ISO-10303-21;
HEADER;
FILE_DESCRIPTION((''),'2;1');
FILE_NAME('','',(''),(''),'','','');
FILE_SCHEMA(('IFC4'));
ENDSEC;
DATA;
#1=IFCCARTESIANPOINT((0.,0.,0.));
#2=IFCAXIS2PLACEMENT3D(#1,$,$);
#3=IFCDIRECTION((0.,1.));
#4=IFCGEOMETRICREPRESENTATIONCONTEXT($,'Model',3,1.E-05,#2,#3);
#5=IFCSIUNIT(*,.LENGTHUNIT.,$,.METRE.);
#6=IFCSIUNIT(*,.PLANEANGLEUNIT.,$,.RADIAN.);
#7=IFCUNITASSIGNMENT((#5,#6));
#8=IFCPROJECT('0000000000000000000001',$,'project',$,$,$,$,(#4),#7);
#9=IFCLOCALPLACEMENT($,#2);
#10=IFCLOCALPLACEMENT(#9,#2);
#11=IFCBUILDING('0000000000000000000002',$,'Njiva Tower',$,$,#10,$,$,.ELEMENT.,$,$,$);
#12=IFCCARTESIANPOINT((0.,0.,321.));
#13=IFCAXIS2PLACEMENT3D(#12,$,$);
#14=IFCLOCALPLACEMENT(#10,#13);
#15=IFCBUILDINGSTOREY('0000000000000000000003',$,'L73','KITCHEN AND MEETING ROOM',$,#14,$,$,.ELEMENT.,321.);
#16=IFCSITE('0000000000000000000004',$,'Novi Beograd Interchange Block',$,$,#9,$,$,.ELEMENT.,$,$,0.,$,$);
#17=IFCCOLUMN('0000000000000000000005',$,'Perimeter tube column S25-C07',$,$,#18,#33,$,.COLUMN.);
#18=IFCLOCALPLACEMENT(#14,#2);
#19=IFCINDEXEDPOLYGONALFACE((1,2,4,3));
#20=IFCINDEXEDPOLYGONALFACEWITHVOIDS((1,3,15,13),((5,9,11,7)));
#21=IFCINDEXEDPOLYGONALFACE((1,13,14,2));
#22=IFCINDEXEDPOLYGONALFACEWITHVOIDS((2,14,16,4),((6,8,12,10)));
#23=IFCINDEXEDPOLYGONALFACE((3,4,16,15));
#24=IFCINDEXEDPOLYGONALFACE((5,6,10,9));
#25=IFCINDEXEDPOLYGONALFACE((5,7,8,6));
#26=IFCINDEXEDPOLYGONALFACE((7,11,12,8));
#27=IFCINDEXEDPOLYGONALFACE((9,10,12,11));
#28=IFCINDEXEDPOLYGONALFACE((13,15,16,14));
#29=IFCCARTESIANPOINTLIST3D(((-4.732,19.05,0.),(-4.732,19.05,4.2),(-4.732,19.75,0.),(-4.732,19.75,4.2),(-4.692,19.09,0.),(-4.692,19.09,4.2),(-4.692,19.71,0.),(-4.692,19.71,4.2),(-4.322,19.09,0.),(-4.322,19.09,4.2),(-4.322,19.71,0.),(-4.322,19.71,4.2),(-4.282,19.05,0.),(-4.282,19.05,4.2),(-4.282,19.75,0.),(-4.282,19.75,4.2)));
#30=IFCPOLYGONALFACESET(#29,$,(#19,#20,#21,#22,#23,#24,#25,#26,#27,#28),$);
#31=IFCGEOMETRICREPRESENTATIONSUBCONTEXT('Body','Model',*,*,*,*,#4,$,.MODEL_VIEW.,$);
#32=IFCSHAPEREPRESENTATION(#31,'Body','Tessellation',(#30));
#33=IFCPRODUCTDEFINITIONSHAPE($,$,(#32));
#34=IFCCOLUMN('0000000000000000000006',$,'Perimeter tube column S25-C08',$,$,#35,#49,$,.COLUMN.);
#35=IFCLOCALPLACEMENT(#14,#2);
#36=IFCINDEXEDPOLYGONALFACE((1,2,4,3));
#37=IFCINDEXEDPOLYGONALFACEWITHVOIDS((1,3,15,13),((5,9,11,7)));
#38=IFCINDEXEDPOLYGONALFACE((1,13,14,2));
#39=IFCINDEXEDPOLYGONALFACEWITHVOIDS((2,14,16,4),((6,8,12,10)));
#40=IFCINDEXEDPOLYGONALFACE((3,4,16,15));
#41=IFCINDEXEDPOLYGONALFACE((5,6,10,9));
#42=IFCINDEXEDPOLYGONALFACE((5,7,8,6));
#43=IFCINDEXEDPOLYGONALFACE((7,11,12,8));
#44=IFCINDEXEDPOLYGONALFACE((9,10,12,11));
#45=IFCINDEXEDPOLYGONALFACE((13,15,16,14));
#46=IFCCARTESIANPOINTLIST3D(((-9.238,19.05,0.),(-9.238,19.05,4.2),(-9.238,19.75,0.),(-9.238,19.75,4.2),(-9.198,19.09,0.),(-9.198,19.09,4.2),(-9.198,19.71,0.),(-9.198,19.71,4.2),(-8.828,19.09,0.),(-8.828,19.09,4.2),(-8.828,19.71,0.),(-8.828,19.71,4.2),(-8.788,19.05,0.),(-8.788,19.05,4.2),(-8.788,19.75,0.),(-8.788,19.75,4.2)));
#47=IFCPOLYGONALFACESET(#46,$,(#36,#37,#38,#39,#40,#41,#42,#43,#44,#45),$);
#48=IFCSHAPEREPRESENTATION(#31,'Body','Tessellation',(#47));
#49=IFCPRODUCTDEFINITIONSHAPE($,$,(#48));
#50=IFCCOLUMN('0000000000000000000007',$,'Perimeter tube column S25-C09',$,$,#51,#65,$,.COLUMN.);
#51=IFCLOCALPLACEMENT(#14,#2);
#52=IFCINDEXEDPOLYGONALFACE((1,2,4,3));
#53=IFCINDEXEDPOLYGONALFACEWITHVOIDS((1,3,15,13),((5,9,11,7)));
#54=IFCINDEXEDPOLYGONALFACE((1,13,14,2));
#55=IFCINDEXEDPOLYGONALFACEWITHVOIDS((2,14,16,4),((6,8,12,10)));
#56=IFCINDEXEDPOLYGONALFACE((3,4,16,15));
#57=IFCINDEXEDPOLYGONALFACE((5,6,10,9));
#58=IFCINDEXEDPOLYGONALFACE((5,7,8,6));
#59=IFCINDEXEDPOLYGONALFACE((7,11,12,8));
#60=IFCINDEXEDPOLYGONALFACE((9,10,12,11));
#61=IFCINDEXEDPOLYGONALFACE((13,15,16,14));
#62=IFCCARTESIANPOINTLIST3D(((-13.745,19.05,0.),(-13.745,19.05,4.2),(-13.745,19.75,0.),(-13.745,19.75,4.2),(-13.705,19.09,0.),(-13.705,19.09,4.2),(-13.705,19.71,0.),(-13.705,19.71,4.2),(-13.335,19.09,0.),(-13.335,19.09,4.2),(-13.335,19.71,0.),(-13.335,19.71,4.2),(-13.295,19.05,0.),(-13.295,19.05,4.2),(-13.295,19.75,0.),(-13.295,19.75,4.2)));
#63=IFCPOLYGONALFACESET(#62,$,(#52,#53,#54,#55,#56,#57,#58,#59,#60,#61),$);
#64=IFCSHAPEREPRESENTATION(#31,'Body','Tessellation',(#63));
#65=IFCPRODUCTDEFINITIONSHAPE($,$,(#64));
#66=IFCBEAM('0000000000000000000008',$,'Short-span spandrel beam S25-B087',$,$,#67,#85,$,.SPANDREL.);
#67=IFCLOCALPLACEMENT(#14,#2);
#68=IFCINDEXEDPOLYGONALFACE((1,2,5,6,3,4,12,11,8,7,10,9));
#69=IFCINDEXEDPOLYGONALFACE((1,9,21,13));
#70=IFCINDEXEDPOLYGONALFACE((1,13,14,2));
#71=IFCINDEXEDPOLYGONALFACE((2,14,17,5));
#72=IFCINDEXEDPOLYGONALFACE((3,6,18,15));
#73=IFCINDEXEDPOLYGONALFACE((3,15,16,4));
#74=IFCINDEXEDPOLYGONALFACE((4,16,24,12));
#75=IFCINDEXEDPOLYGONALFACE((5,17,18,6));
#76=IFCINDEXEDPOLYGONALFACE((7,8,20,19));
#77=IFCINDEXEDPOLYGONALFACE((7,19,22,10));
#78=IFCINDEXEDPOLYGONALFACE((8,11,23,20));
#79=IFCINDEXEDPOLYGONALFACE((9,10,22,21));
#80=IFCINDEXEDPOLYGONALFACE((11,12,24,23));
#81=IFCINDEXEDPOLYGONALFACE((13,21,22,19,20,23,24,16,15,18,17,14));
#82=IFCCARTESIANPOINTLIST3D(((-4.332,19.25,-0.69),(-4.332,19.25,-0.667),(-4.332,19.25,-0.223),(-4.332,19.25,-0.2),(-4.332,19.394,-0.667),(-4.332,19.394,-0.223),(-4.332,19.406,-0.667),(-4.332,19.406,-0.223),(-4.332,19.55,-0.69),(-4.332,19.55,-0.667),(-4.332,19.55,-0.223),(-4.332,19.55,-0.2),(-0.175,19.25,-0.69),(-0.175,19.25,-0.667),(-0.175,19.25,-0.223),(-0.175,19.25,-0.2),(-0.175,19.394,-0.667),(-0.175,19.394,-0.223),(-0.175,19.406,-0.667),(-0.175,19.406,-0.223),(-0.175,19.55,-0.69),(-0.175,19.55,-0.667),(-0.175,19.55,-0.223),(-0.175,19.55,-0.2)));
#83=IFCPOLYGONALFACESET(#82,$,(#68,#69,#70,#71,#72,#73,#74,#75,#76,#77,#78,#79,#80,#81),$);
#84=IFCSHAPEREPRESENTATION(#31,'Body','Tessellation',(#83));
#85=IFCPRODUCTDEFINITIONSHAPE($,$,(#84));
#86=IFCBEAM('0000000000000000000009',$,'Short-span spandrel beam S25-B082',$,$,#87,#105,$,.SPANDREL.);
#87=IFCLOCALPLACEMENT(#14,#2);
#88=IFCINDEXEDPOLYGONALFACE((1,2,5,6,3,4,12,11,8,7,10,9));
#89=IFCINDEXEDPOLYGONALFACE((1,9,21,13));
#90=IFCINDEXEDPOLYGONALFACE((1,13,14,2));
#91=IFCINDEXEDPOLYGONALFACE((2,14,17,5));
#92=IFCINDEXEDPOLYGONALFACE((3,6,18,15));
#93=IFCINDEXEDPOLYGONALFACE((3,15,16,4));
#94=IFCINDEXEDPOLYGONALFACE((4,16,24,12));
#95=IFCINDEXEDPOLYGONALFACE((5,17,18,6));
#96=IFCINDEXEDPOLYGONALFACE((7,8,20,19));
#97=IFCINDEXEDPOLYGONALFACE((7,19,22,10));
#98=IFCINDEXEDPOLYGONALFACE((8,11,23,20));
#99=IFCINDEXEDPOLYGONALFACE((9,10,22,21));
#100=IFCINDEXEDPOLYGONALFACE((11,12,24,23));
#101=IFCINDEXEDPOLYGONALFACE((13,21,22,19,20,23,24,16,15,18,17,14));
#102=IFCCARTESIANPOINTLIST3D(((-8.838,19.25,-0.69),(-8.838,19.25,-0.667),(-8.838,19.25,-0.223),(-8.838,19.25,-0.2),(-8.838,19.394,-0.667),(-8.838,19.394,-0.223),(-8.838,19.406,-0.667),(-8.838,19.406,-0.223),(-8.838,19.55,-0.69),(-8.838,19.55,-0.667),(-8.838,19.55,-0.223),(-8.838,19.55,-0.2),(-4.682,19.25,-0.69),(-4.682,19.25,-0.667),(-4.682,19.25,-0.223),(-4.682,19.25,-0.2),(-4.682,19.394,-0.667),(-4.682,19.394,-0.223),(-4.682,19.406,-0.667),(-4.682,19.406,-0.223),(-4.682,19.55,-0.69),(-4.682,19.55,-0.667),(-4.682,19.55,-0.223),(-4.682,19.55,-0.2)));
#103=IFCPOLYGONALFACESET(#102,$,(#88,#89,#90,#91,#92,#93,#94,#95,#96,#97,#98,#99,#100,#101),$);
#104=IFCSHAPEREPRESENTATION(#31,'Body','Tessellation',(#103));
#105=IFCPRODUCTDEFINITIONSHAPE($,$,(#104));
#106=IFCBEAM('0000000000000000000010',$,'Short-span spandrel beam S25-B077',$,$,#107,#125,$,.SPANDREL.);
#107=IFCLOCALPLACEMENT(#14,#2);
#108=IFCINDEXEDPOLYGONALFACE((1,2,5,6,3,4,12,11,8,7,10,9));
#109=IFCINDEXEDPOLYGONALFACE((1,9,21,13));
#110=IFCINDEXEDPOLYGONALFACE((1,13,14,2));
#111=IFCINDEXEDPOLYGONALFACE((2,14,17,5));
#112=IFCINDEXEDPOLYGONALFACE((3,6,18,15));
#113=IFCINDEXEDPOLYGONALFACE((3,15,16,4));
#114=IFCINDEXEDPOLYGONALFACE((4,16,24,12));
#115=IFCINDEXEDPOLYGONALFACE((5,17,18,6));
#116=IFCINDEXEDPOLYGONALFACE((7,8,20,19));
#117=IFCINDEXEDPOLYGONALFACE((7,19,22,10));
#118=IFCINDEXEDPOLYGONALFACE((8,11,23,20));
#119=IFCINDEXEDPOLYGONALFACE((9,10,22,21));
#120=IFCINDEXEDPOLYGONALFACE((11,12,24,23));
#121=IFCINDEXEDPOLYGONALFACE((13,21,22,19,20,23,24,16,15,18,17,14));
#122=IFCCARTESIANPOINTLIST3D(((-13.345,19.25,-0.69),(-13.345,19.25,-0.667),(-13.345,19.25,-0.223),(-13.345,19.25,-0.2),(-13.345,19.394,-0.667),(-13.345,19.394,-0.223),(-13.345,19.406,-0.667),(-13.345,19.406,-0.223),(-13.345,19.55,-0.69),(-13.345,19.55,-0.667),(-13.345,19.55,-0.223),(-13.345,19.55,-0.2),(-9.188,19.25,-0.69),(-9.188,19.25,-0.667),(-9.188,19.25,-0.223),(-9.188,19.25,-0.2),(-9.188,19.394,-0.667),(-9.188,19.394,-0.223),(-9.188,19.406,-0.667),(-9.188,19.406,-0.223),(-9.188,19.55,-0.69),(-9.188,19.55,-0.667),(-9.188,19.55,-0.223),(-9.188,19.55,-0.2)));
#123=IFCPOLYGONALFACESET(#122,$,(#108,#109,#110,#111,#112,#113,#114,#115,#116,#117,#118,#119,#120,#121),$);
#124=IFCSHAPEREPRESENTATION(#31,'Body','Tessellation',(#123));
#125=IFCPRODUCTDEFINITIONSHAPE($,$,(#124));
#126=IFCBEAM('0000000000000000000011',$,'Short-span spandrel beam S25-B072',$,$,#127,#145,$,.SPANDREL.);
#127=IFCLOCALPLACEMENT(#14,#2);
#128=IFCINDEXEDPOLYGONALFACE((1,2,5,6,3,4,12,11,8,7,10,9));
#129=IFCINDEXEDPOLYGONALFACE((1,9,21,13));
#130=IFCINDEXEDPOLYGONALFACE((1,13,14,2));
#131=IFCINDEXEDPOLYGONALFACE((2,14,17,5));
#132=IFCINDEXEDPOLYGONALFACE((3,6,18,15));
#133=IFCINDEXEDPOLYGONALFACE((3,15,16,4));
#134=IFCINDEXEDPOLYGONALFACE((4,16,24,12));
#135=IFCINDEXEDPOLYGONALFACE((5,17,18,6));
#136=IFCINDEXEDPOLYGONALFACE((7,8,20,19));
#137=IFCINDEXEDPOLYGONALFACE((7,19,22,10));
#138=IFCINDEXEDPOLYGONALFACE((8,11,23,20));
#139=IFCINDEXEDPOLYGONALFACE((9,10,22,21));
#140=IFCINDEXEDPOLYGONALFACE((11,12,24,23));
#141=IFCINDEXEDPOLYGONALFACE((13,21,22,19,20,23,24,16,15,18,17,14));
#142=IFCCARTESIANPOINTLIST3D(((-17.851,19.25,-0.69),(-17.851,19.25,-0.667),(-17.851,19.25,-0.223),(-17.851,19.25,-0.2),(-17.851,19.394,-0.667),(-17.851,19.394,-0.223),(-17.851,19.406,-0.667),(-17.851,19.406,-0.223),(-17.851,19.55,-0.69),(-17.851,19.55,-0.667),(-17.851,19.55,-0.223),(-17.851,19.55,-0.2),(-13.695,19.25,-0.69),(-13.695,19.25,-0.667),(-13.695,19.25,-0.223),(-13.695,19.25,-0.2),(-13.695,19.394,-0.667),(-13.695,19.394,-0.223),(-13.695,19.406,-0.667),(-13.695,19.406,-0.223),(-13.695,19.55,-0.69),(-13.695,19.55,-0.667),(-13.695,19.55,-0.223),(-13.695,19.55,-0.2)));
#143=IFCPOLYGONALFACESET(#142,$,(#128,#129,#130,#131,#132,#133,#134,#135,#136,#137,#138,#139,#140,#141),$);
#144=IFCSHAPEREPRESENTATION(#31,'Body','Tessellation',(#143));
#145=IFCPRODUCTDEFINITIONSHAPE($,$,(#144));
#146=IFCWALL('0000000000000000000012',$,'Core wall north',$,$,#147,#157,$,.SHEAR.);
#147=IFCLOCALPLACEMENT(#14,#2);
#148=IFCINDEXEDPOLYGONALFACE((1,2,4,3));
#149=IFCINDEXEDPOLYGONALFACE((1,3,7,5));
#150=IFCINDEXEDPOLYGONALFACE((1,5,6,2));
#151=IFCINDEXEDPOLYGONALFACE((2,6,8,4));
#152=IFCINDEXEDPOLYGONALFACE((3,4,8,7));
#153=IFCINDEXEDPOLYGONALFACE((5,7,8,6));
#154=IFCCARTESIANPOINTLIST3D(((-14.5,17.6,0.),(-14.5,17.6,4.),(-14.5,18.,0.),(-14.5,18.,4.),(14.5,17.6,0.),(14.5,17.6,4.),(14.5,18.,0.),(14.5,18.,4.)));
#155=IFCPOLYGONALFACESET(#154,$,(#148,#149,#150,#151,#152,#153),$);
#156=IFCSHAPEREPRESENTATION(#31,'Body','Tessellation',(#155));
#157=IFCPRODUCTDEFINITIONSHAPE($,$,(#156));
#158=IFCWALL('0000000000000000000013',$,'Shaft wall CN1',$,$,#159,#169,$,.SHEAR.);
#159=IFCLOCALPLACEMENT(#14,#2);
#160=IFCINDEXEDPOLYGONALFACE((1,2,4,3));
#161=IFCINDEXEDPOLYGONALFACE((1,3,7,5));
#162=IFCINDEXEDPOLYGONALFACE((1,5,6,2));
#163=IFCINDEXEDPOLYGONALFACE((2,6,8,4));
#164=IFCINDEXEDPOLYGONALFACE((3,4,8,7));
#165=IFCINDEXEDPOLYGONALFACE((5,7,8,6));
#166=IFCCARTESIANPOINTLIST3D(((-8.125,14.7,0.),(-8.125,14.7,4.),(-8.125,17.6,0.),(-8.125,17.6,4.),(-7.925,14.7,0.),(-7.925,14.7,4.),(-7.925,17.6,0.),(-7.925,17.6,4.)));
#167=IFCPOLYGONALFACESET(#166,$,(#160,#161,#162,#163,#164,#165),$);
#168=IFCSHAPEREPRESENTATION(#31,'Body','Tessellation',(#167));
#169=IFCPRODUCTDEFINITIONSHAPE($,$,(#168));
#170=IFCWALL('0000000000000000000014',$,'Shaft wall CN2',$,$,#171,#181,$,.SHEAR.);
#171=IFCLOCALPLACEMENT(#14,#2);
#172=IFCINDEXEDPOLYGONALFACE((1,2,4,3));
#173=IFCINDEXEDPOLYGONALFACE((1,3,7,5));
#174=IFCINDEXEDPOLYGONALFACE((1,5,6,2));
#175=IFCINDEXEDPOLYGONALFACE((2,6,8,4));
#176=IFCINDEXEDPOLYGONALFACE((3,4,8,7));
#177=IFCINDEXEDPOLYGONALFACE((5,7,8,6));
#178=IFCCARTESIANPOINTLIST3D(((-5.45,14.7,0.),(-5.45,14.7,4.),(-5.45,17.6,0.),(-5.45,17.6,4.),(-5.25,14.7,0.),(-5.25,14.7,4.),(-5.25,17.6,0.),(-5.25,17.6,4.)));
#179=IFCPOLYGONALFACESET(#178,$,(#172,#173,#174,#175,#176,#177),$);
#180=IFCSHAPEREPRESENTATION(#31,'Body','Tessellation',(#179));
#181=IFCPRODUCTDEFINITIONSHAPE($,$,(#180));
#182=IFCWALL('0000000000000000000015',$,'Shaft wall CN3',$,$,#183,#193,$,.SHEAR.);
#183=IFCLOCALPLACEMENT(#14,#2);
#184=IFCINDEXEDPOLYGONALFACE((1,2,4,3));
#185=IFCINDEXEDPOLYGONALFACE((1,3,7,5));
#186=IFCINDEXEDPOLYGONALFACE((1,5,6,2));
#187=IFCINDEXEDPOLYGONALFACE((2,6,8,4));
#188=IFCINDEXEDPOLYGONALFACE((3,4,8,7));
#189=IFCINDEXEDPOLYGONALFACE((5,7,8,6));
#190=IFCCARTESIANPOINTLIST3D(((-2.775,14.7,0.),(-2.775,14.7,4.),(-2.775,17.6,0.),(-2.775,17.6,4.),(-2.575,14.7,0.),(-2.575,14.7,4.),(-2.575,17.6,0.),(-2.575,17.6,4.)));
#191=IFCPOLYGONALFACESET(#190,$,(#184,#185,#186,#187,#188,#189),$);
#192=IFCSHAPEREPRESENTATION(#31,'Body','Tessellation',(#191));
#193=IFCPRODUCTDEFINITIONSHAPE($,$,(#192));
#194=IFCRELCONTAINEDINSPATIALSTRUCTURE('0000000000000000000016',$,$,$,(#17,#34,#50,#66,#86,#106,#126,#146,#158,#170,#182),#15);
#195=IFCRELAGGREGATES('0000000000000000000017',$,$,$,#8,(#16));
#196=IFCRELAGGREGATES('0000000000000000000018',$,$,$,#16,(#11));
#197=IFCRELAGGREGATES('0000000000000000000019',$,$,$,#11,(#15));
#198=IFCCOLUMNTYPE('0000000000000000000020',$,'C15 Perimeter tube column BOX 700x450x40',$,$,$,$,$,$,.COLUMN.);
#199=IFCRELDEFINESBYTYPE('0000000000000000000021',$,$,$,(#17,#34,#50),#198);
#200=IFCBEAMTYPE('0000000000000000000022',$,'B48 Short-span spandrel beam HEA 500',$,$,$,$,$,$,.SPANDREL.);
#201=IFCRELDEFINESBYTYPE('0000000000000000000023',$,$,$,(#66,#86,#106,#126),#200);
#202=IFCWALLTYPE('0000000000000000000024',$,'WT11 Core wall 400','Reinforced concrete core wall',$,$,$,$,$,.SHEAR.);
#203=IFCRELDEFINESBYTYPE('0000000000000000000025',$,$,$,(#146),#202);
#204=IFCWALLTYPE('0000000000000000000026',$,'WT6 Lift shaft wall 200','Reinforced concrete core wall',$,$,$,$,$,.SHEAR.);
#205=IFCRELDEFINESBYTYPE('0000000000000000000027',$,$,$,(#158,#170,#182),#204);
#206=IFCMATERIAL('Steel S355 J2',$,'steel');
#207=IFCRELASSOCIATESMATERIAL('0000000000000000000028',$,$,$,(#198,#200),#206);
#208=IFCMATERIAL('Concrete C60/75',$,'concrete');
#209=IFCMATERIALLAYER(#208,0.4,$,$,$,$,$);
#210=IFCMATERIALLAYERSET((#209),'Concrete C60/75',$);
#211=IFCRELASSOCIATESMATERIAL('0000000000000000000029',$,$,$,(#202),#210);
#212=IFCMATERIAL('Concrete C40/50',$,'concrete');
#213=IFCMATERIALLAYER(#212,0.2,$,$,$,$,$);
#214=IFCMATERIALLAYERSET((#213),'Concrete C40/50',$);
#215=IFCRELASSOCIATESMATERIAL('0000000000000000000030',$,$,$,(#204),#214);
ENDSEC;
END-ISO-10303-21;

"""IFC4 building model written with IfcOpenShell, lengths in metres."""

from ifc_helpers import new_model, si_unit, direction, frame, frame_2d, origin, origin_2d, place, context, subcontext, project, spatial, rectangle, hollow_rectangle, i_section, extrude, material, layer, layer_set, material_profile, profile_set, type_object, element, save


model = new_model("IFC4")

# Units and contexts
model_context = context("Model", 3, precision=1e-05, world=origin(), true_north=direction((0.0, 1.0)))
body_context = subcontext(model_context, "Body", "Model", "MODEL_VIEW")
ifc_project = project(units=[si_unit("LENGTHUNIT", "METRE"), si_unit("PLANEANGLEUNIT", "RADIAN")], contexts=[model_context])

# Site, building, storey
site_placement = place(None, origin())
site = spatial("IfcSite", under=ifc_project, at=site_placement, Name="Novi Beograd Interchange Block", CompositionType="ELEMENT", RefElevation=0.0)
building_placement = place(site_placement, origin())
building = spatial("IfcBuilding", under=site, at=building_placement, Name="Njiva Tower", CompositionType="ELEMENT")
storey_placement = place(building_placement, frame((0.0, 0.0, 321.0)))
storey = spatial("IfcBuildingStorey", under=building, at=storey_placement, Name="L73", Description="KITCHEN AND MEETING ROOM", CompositionType="ELEMENT", Elevation=321.0)

# Columns
ifc_material_1 = material(Name="Steel S355 J2", Category="steel")
ifc_material_profile_1 = material_profile(ifc_material_1, hollow_rectangle(XDim=0.45, YDim=0.7, WallThickness=0.04, at=origin_2d()), Name="BOX 700x450x40")
ifc_profile_set_1 = profile_set([ifc_material_profile_1], Name="Steel S355 J2")
column_type = type_object("IfcColumnType", Name="C15 Perimeter tube column BOX 700x450x40", PredefinedType="COLUMN", material=ifc_profile_set_1)
for number, where, z_axis, x_axis, name in (
    (1, (-4.507, 19.4, 0.0), (0.0, 0.0, 1.0), (-1.0, 0.0, 0.0), "Perimeter tube column S25-C07"),
    (2, (-9.013, 19.4, 0.0), (0.0, 0.0, 1.0), (-1.0, 0.0, 0.0), "Perimeter tube column S25-C08"),
    (3, (-13.52, 19.4, 0.0), (0.0, 0.0, 1.0), (-1.0, 0.0, 0.0), "Perimeter tube column S25-C09"),
):
    element("IfcColumn", number, at=place(storey_placement, frame(where, z_axis=z_axis, x_axis=x_axis)), inside=storey, type_object=column_type, Name=name, PredefinedType="COLUMN", context=body_context, shape_type="SweptSolid", body=[
        extrude(hollow_rectangle(XDim=0.45, YDim=0.7, WallThickness=0.04, at=origin_2d()), origin(), (0.0, 0.0, 1.0), 4.2),
    ])

# Beams
ifc_material_profile_2 = material_profile(ifc_material_1, i_section(OverallWidth=0.3, OverallDepth=0.49, WebThickness=0.012, FlangeThickness=0.023, at=origin_2d()), Name="HEA 500")
ifc_profile_set_2 = profile_set([ifc_material_profile_2], Name="Steel S355 J2")
beam_type = type_object("IfcBeamType", Name="B48 Short-span spandrel beam HEA 500", PredefinedType="SPANDREL", material=ifc_profile_set_2)
beam_1_placement = place(storey_placement, frame((-0.175, 19.4, -0.445), z_axis=(-1.0, 0.0, 0.0), x_axis=(0.0, -1.0, 0.0)))
element("IfcBeam", 4, at=beam_1_placement, inside=storey, type_object=beam_type, Name="Short-span spandrel beam S25-B087", PredefinedType="SPANDREL", context=body_context, shape_type="SweptSolid", body=[
    extrude(i_section(OverallWidth=0.3, OverallDepth=0.49, WebThickness=0.012, FlangeThickness=0.023, at=origin_2d()), origin(), (0.0, 0.0, 1.0), 4.157),
])
beam_2_placement = place(storey_placement, frame((-4.682, 19.4, -0.445), z_axis=(-1.0, 0.0, 0.0), x_axis=(0.0, -1.0, 0.0)))
element("IfcBeam", 5, at=beam_2_placement, inside=storey, type_object=beam_type, Name="Short-span spandrel beam S25-B082", PredefinedType="SPANDREL", context=body_context, shape_type="SweptSolid", body=[
    extrude(i_section(OverallWidth=0.3, OverallDepth=0.49, WebThickness=0.012, FlangeThickness=0.023, at=origin_2d()), origin(), (0.0, 0.0, 1.0), 4.156),
])
beam_3_placement = place(storey_placement, frame((-9.188, 19.4, -0.445), z_axis=(-1.0, 0.0, 0.0), x_axis=(0.0, -1.0, 0.0)))
element("IfcBeam", 6, at=beam_3_placement, inside=storey, type_object=beam_type, Name="Short-span spandrel beam S25-B077", PredefinedType="SPANDREL", context=body_context, shape_type="SweptSolid", body=[
    extrude(i_section(OverallWidth=0.3, OverallDepth=0.49, WebThickness=0.012, FlangeThickness=0.023, at=origin_2d()), origin(), (0.0, 0.0, 1.0), 4.157),
])
beam_4_placement = place(storey_placement, frame((-13.695, 19.4, -0.445), z_axis=(-1.0, 0.0, 0.0), x_axis=(0.0, -1.0, 0.0)))
element("IfcBeam", 7, at=beam_4_placement, inside=storey, type_object=beam_type, Name="Short-span spandrel beam S25-B072", PredefinedType="SPANDREL", context=body_context, shape_type="SweptSolid", body=[
    extrude(i_section(OverallWidth=0.3, OverallDepth=0.49, WebThickness=0.012, FlangeThickness=0.023, at=origin_2d()), origin(), (0.0, 0.0, 1.0), 4.156),
])

# Walls
ifc_material_2 = material(Name="Concrete C60/75", Category="concrete")
ifc_layer_1 = layer(ifc_material_2, 0.4)
ifc_layer_set_1 = layer_set([ifc_layer_1], Name="Concrete C60/75")
wall_type_1 = type_object("IfcWallType", Name="WT11 Core wall 400", Description="Reinforced concrete core wall", PredefinedType="SHEAR", material=ifc_layer_set_1)
wall_1_placement = place(storey_placement, frame((-14.5, 17.8, 0.0), z_axis=(0.0, 0.0, 1.0), x_axis=(1.0, 0.0, 0.0)))
element("IfcWall", 8, at=wall_1_placement, inside=storey, type_object=wall_type_1, Name="Core wall north", PredefinedType="SHEAR", context=body_context, shape_type="SweptSolid", body=[
    extrude(rectangle(XDim=29.0, YDim=0.4, at=frame_2d((14.5, 0.0))), origin(), (0.0, 0.0, 1.0), 4.0),
])
ifc_material_3 = material(Name="Concrete C40/50", Category="concrete")
ifc_layer_2 = layer(ifc_material_3, 0.2)
ifc_layer_set_2 = layer_set([ifc_layer_2], Name="Concrete C40/50")
wall_type_2 = type_object("IfcWallType", Name="WT6 Lift shaft wall 200", Description="Reinforced concrete core wall", PredefinedType="SHEAR", material=ifc_layer_set_2)
for number, where, z_axis, x_axis, name in (
    (9, (-8.025, 14.7, 0.0), (0.0, 0.0, 1.0), (0.0, 1.0, 0.0), "Shaft wall CN1"),
    (10, (-5.35, 14.7, 0.0), (0.0, 0.0, 1.0), (0.0, 1.0, 0.0), "Shaft wall CN2"),
    (11, (-2.675, 14.7, 0.0), (0.0, 0.0, 1.0), (0.0, 1.0, 0.0), "Shaft wall CN3"),
):
    element("IfcWall", number, at=place(storey_placement, frame(where, z_axis=z_axis, x_axis=x_axis)), inside=storey, type_object=wall_type_2, Name=name, PredefinedType="SHEAR", context=body_context, shape_type="SweptSolid", body=[
        extrude(rectangle(XDim=2.9, YDim=0.2, at=frame_2d((1.45, 0.0))), origin(), (0.0, 0.0, 1.0), 4.0),
    ])

save(model, "model.ifc")
